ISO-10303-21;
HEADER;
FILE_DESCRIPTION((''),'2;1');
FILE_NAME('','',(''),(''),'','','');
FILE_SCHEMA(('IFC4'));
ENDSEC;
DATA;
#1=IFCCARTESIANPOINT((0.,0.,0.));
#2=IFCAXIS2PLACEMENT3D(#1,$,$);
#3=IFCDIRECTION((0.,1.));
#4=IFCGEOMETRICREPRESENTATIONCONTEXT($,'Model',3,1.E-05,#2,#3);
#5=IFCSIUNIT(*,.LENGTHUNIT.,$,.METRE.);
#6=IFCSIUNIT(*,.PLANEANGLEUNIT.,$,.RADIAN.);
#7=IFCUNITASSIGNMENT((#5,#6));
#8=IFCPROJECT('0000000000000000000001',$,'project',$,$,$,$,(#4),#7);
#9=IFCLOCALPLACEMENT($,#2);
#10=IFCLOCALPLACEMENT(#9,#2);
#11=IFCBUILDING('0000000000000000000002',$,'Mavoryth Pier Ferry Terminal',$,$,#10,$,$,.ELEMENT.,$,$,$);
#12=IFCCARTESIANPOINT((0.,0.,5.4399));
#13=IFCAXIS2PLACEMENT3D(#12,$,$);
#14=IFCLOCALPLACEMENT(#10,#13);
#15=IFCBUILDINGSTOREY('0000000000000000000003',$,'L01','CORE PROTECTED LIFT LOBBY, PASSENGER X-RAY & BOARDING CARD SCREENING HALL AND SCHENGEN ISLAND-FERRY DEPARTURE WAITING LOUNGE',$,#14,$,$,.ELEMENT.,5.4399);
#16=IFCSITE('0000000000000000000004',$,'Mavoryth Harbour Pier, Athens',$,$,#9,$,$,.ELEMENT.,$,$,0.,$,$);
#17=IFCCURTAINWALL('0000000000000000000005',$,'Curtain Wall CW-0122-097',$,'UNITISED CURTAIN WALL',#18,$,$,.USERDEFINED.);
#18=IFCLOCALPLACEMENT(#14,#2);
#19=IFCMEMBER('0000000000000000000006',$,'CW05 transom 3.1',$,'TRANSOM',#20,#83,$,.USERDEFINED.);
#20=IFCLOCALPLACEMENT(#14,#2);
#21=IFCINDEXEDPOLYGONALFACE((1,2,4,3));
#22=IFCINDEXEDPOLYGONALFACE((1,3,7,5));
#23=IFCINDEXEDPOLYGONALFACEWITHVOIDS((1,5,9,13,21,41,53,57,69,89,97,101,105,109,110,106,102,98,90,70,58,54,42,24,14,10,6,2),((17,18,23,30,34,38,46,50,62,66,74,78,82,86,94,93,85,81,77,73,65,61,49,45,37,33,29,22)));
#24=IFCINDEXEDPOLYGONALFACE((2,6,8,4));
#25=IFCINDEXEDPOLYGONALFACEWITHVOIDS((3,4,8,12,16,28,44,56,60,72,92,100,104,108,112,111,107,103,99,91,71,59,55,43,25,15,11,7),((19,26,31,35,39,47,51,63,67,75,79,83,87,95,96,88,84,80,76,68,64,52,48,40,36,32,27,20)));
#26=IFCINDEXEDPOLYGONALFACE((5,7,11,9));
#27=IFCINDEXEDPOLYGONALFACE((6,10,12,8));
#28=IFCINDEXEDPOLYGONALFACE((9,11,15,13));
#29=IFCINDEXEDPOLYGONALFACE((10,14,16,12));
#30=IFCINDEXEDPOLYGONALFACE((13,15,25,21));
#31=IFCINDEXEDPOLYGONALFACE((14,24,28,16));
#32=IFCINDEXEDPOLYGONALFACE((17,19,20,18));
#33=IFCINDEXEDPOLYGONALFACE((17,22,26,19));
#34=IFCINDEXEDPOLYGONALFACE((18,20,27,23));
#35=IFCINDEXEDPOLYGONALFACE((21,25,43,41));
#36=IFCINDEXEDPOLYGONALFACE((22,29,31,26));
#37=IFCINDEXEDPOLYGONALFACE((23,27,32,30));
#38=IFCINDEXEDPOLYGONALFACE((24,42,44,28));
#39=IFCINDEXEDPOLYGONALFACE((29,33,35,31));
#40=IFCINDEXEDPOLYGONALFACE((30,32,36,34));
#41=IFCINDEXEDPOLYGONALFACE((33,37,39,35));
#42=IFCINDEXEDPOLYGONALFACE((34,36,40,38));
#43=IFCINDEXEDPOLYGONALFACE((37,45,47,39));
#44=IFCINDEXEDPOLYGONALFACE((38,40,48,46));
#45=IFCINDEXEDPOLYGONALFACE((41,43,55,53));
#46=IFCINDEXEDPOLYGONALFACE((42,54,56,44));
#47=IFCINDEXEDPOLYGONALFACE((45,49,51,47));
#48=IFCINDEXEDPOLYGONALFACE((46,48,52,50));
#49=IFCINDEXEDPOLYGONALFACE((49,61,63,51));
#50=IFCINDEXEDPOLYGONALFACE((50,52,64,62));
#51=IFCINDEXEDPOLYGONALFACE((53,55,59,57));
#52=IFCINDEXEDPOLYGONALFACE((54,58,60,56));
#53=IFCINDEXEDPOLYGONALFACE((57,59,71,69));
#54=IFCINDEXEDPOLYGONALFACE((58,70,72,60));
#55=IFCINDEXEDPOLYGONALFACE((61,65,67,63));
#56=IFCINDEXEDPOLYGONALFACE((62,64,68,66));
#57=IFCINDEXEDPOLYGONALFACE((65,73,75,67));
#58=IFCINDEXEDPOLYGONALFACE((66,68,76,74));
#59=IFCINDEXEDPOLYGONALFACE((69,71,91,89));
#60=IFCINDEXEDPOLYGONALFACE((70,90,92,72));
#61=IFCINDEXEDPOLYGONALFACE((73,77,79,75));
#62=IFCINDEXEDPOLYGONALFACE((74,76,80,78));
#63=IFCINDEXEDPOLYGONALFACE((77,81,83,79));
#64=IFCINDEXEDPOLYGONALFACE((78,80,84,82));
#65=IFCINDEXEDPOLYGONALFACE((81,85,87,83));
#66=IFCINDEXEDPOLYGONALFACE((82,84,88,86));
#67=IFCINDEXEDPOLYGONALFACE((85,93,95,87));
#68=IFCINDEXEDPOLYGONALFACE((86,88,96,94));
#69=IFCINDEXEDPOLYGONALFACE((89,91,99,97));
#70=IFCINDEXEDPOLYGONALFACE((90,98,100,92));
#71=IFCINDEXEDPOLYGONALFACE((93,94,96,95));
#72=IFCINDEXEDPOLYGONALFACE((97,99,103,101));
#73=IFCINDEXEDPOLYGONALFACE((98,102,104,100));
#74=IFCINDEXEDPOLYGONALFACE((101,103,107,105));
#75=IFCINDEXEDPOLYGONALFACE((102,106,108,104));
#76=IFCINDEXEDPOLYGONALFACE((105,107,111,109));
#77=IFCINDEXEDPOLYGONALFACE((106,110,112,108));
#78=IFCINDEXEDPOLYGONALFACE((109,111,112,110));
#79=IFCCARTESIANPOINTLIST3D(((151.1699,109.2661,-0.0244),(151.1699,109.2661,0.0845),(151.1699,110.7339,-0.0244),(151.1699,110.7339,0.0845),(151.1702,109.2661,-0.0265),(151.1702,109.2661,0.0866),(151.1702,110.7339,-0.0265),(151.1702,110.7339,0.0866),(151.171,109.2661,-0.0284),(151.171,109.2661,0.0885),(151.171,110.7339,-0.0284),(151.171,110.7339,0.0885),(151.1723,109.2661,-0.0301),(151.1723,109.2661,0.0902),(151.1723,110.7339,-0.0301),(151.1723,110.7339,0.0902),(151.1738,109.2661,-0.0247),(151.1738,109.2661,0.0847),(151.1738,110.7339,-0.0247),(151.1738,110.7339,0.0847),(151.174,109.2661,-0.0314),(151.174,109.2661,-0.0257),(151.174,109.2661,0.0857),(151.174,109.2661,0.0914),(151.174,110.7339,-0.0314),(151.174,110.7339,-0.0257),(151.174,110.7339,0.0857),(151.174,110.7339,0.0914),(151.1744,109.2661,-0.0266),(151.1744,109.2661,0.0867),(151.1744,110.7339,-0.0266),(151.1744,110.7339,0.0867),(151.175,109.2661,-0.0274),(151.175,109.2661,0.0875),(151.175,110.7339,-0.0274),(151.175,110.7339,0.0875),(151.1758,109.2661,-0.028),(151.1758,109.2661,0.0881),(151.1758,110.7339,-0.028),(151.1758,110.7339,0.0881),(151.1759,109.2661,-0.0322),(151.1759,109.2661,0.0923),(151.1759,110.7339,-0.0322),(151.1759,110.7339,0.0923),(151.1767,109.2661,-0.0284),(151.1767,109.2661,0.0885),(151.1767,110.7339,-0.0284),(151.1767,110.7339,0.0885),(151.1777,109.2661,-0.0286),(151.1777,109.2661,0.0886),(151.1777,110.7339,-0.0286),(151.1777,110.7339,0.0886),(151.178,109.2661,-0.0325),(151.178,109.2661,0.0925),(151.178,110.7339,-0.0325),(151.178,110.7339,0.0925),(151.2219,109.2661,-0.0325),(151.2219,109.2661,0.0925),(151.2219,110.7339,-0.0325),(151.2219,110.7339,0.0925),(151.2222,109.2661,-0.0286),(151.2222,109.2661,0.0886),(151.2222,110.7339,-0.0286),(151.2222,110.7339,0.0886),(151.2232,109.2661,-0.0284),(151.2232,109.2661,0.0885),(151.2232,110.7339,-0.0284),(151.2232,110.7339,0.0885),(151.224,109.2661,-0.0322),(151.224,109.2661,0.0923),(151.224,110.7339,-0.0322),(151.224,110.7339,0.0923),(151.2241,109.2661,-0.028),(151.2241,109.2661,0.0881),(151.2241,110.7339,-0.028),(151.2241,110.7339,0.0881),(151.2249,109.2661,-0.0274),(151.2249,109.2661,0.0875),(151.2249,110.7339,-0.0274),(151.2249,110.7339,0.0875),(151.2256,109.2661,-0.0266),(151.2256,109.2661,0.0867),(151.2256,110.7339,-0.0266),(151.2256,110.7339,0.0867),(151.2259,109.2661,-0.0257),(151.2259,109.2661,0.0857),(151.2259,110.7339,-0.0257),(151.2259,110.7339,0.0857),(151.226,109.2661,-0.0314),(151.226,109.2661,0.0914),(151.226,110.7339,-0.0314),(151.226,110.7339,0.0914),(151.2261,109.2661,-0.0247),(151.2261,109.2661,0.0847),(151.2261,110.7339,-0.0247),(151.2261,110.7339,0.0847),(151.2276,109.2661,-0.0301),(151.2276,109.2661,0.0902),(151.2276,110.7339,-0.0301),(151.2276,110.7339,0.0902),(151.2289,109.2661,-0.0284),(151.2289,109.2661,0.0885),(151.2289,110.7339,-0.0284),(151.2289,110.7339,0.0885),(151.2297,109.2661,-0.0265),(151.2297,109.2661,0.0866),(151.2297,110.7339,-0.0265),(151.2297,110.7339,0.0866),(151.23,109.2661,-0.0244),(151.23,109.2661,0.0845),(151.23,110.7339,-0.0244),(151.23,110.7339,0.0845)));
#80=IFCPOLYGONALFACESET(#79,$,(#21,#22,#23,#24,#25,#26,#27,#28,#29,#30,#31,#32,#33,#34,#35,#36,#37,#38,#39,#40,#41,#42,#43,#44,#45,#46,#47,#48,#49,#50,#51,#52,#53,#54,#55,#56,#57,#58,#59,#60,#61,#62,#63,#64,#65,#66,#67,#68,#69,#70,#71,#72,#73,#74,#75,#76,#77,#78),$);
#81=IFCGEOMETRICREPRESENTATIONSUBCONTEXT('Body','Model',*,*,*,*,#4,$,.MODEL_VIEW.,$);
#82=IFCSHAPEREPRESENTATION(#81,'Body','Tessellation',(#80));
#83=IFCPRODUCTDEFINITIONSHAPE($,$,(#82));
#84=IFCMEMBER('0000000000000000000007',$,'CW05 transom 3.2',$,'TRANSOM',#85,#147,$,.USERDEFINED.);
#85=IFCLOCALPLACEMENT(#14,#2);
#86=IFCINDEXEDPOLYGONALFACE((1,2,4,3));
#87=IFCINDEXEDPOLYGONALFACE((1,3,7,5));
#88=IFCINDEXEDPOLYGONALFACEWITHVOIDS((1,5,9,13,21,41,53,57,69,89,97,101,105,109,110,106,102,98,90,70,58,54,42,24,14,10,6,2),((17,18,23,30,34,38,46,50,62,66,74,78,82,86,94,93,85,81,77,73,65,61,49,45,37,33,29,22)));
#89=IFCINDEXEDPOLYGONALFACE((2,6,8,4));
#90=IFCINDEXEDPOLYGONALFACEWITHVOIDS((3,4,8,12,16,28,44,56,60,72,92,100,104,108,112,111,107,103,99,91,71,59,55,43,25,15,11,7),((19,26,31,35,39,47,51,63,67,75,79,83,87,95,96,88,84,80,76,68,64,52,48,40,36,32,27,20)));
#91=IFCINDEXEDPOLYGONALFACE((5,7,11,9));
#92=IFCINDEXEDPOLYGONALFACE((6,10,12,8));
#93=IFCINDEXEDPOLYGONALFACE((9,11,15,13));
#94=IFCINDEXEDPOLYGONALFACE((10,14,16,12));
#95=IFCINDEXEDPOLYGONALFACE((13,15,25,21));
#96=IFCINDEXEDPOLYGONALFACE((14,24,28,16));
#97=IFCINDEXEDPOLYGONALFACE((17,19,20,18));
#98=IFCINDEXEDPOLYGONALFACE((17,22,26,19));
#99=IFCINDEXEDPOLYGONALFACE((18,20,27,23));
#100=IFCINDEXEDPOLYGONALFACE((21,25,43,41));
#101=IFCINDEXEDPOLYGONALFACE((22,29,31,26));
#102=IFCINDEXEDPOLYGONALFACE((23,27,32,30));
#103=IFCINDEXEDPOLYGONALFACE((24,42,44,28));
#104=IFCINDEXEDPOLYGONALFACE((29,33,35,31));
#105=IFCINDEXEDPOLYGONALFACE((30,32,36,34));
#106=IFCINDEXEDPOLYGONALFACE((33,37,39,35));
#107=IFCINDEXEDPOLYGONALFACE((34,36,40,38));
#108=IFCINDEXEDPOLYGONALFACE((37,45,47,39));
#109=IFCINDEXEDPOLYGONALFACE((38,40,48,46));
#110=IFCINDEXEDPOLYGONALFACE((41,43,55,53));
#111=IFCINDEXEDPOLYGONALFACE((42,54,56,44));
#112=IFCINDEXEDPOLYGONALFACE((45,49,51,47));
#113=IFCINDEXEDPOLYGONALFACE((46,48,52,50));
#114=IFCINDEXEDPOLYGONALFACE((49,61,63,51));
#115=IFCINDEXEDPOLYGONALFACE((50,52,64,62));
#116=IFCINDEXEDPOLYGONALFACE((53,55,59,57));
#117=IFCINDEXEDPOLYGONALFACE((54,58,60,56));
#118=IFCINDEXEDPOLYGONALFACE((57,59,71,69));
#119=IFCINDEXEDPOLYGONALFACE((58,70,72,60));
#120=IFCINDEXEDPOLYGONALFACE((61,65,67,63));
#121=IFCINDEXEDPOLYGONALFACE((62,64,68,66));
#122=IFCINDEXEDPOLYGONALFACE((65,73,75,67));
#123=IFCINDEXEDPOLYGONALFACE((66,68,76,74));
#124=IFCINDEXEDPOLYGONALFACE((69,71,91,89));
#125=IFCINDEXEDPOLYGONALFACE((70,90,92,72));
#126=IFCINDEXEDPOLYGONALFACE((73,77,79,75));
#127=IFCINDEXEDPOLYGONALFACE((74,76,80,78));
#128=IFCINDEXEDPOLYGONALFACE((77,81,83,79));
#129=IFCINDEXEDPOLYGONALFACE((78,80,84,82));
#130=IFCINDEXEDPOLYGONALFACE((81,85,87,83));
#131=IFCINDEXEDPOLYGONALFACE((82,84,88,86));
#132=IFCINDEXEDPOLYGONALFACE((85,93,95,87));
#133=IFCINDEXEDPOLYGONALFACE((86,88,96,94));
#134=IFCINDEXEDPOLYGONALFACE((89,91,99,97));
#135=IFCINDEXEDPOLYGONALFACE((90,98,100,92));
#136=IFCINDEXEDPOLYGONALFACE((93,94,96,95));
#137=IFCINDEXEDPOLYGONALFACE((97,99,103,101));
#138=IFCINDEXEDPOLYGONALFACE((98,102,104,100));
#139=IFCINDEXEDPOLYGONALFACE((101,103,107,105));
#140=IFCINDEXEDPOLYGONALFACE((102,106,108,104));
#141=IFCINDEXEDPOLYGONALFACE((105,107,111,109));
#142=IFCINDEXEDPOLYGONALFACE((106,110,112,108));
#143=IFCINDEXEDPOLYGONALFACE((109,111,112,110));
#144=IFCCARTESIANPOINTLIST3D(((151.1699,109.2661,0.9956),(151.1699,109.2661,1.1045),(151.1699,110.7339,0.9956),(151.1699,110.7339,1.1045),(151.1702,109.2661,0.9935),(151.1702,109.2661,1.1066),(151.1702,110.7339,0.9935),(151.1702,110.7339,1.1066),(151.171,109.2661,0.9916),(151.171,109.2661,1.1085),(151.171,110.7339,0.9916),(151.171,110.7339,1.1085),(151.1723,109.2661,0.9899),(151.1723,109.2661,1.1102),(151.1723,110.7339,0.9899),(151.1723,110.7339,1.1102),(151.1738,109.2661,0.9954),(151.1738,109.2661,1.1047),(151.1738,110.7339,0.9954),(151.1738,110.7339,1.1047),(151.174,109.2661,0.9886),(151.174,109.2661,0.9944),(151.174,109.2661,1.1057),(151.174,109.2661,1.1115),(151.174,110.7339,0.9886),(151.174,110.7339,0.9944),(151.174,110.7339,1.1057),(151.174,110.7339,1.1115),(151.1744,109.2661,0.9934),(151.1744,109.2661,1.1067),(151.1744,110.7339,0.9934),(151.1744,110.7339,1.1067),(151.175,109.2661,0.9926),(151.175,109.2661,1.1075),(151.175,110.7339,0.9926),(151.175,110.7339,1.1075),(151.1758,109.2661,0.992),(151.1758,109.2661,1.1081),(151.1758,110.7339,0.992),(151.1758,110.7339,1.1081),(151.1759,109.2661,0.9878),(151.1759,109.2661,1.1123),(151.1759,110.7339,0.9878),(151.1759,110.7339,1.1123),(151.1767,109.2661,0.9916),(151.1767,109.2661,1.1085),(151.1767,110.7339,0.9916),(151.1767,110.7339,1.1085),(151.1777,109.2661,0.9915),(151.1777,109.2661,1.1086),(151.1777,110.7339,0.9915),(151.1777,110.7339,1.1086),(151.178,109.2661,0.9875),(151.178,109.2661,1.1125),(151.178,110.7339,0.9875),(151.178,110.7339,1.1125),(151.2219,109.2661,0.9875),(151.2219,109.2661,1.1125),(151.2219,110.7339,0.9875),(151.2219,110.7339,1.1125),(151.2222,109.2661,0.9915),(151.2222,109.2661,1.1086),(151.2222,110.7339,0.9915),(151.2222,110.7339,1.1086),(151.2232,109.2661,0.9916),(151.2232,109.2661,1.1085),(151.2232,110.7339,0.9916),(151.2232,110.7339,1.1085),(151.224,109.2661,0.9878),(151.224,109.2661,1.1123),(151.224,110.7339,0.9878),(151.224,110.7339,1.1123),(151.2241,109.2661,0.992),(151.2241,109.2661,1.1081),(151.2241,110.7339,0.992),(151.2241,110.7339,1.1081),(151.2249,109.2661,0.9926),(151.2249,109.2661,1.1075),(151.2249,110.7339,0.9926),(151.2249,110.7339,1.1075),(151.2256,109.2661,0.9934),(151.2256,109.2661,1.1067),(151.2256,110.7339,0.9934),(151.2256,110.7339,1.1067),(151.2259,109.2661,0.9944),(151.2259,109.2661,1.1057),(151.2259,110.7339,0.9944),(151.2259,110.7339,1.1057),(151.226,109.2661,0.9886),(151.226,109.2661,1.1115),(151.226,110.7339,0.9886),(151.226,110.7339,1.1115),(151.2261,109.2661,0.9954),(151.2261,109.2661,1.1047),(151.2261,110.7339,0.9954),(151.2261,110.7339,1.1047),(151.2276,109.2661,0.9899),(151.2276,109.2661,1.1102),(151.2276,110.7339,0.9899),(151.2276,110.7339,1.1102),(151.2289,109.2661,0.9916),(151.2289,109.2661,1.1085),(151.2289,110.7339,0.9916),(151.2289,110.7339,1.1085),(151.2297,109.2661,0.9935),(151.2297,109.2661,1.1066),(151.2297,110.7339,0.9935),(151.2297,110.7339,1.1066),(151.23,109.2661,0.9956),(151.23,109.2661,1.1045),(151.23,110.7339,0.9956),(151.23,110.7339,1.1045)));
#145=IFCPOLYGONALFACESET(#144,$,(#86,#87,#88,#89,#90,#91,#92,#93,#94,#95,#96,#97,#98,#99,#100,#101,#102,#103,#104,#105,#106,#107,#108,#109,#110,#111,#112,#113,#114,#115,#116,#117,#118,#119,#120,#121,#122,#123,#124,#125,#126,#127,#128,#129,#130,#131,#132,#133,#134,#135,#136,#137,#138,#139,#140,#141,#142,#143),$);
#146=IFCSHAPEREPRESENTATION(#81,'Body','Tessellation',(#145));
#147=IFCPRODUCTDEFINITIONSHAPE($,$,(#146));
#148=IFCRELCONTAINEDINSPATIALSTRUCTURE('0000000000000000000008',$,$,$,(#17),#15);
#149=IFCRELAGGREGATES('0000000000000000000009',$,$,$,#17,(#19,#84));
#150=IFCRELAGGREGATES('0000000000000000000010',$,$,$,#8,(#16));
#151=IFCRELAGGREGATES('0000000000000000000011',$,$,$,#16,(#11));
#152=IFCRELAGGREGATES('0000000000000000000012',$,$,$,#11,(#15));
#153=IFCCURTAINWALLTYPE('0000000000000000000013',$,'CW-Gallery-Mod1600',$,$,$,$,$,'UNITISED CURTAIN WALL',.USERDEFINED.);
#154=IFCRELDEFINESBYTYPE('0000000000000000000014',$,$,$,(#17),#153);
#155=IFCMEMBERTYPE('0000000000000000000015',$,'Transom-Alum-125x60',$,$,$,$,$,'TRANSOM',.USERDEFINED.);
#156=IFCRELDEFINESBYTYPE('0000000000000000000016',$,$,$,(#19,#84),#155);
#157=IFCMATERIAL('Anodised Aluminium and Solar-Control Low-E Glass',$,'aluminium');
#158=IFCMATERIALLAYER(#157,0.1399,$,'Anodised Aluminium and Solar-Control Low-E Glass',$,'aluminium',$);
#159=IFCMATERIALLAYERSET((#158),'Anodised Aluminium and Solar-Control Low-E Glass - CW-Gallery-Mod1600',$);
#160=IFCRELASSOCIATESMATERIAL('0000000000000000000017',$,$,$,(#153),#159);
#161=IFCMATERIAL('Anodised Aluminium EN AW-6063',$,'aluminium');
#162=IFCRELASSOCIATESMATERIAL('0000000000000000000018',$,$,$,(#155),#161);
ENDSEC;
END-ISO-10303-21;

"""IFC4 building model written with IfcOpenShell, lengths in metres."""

from ifc_helpers import new_model, si_unit, direction, frame, origin, origin_2d, place, context, subcontext, project, spatial, hollow_rectangle, extrude, material, layer, layer_set, material_profile, profile_set, type_object, element, aggregate, save


model = new_model("IFC4")

# Units and contexts
model_context = context("Model", 3, precision=1e-05, world=origin(), true_north=direction((0.0, 1.0)))
body_context = subcontext(model_context, "Body", "Model", "MODEL_VIEW")
ifc_project = project(units=[si_unit("LENGTHUNIT", "METRE"), si_unit("PLANEANGLEUNIT", "RADIAN")], contexts=[model_context])

# Site, building, storey
site_placement = place(None, origin())
site = spatial("IfcSite", under=ifc_project, at=site_placement, Name="Mavoryth Harbour Pier, Athens", CompositionType="ELEMENT", RefElevation=0.0)
building_placement = place(site_placement, origin())
building = spatial("IfcBuilding", under=site, at=building_placement, Name="Mavoryth Pier Ferry Terminal", CompositionType="ELEMENT")
storey_placement = place(building_placement, frame((0.0, 0.0, 5.4399)))
storey = spatial("IfcBuildingStorey", under=building, at=storey_placement, Name="L01", Description="CORE PROTECTED LIFT LOBBY, PASSENGER X-RAY & BOARDING CARD SCREENING HALL AND SCHENGEN ISLAND-FERRY DEPARTURE WAITING LOUNGE", CompositionType="ELEMENT", Elevation=5.4399)

# Curtain wall
ifc_material_1 = material(Name="Anodised Aluminium and Solar-Control Low-E Glass", Category="aluminium")
ifc_layer_1 = layer(ifc_material_1, 0.1399, Name="Anodised Aluminium and Solar-Control Low-E Glass", Category="aluminium")
ifc_layer_set_1 = layer_set([ifc_layer_1], Name="Anodised Aluminium and Solar-Control Low-E Glass - CW-Gallery-Mod1600")
curtain_wall_type = type_object("IfcCurtainWallType", Name="CW-Gallery-Mod1600", ElementType="UNITISED CURTAIN WALL", PredefinedType="USERDEFINED", material=ifc_layer_set_1)
ifc_material_2 = material(Name="Anodised Aluminium EN AW-6063", Category="aluminium")
curtain_wall_1_placement = place(storey_placement, origin())
curtain_wall_1 = element("IfcCurtainWall", 1, at=curtain_wall_1_placement, inside=storey, type_object=curtain_wall_type, Name="Curtain Wall CW-0122-097", ObjectType="UNITISED CURTAIN WALL", PredefinedType="USERDEFINED")

# Members
ifc_material_profile_1 = material_profile(ifc_material_2, hollow_rectangle(XDim=0.0601, YDim=0.125, WallThickness=0.0039, InnerFilletRadius=0.0039, OuterFilletRadius=0.0081, at=origin_2d()), Name="AL-TRAN 125x60x4", Category="aluminium")
ifc_profile_set_1 = profile_set([ifc_material_profile_1], Name="Anodised Aluminium EN AW-6063 - AL-TRAN 125x60x4")
member_type_1 = type_object("IfcMemberType", Name="Transom-Alum-125x60", ElementType="TRANSOM", PredefinedType="USERDEFINED", material=ifc_profile_set_1)
member_1_placement = place(storey_placement, frame((151.2, 109.2661, 0.03), z_axis=(0.0, 1.0, 0.0), x_axis=(-1.0, 0.0, 0.0)))
member_1 = element("IfcMember", 2, at=member_1_placement, type_object=member_type_1, Name="CW05 transom 3.1", ObjectType="TRANSOM", PredefinedType="USERDEFINED", context=body_context, shape_type="SweptSolid", body=[
    extrude(hollow_rectangle(XDim=0.0601, YDim=0.125, WallThickness=0.0039, InnerFilletRadius=0.0039, OuterFilletRadius=0.0081, at=origin_2d()), origin(), (0.0, 0.0, 1.0), 1.4678),
])
member_2_placement = place(storey_placement, frame((151.2, 109.2661, 1.05), z_axis=(0.0, 1.0, 0.0), x_axis=(-1.0, 0.0, 0.0)))
member_2 = element("IfcMember", 3, at=member_2_placement, type_object=member_type_1, Name="CW05 transom 3.2", ObjectType="TRANSOM", PredefinedType="USERDEFINED", context=body_context, shape_type="SweptSolid", body=[
    extrude(hollow_rectangle(XDim=0.0601, YDim=0.125, WallThickness=0.0039, InnerFilletRadius=0.0039, OuterFilletRadius=0.0081, at=origin_2d()), origin(), (0.0, 0.0, 1.0), 1.4678),
])

aggregate(curtain_wall_1, [member_1, member_2])

save(model, "model.ifc")
